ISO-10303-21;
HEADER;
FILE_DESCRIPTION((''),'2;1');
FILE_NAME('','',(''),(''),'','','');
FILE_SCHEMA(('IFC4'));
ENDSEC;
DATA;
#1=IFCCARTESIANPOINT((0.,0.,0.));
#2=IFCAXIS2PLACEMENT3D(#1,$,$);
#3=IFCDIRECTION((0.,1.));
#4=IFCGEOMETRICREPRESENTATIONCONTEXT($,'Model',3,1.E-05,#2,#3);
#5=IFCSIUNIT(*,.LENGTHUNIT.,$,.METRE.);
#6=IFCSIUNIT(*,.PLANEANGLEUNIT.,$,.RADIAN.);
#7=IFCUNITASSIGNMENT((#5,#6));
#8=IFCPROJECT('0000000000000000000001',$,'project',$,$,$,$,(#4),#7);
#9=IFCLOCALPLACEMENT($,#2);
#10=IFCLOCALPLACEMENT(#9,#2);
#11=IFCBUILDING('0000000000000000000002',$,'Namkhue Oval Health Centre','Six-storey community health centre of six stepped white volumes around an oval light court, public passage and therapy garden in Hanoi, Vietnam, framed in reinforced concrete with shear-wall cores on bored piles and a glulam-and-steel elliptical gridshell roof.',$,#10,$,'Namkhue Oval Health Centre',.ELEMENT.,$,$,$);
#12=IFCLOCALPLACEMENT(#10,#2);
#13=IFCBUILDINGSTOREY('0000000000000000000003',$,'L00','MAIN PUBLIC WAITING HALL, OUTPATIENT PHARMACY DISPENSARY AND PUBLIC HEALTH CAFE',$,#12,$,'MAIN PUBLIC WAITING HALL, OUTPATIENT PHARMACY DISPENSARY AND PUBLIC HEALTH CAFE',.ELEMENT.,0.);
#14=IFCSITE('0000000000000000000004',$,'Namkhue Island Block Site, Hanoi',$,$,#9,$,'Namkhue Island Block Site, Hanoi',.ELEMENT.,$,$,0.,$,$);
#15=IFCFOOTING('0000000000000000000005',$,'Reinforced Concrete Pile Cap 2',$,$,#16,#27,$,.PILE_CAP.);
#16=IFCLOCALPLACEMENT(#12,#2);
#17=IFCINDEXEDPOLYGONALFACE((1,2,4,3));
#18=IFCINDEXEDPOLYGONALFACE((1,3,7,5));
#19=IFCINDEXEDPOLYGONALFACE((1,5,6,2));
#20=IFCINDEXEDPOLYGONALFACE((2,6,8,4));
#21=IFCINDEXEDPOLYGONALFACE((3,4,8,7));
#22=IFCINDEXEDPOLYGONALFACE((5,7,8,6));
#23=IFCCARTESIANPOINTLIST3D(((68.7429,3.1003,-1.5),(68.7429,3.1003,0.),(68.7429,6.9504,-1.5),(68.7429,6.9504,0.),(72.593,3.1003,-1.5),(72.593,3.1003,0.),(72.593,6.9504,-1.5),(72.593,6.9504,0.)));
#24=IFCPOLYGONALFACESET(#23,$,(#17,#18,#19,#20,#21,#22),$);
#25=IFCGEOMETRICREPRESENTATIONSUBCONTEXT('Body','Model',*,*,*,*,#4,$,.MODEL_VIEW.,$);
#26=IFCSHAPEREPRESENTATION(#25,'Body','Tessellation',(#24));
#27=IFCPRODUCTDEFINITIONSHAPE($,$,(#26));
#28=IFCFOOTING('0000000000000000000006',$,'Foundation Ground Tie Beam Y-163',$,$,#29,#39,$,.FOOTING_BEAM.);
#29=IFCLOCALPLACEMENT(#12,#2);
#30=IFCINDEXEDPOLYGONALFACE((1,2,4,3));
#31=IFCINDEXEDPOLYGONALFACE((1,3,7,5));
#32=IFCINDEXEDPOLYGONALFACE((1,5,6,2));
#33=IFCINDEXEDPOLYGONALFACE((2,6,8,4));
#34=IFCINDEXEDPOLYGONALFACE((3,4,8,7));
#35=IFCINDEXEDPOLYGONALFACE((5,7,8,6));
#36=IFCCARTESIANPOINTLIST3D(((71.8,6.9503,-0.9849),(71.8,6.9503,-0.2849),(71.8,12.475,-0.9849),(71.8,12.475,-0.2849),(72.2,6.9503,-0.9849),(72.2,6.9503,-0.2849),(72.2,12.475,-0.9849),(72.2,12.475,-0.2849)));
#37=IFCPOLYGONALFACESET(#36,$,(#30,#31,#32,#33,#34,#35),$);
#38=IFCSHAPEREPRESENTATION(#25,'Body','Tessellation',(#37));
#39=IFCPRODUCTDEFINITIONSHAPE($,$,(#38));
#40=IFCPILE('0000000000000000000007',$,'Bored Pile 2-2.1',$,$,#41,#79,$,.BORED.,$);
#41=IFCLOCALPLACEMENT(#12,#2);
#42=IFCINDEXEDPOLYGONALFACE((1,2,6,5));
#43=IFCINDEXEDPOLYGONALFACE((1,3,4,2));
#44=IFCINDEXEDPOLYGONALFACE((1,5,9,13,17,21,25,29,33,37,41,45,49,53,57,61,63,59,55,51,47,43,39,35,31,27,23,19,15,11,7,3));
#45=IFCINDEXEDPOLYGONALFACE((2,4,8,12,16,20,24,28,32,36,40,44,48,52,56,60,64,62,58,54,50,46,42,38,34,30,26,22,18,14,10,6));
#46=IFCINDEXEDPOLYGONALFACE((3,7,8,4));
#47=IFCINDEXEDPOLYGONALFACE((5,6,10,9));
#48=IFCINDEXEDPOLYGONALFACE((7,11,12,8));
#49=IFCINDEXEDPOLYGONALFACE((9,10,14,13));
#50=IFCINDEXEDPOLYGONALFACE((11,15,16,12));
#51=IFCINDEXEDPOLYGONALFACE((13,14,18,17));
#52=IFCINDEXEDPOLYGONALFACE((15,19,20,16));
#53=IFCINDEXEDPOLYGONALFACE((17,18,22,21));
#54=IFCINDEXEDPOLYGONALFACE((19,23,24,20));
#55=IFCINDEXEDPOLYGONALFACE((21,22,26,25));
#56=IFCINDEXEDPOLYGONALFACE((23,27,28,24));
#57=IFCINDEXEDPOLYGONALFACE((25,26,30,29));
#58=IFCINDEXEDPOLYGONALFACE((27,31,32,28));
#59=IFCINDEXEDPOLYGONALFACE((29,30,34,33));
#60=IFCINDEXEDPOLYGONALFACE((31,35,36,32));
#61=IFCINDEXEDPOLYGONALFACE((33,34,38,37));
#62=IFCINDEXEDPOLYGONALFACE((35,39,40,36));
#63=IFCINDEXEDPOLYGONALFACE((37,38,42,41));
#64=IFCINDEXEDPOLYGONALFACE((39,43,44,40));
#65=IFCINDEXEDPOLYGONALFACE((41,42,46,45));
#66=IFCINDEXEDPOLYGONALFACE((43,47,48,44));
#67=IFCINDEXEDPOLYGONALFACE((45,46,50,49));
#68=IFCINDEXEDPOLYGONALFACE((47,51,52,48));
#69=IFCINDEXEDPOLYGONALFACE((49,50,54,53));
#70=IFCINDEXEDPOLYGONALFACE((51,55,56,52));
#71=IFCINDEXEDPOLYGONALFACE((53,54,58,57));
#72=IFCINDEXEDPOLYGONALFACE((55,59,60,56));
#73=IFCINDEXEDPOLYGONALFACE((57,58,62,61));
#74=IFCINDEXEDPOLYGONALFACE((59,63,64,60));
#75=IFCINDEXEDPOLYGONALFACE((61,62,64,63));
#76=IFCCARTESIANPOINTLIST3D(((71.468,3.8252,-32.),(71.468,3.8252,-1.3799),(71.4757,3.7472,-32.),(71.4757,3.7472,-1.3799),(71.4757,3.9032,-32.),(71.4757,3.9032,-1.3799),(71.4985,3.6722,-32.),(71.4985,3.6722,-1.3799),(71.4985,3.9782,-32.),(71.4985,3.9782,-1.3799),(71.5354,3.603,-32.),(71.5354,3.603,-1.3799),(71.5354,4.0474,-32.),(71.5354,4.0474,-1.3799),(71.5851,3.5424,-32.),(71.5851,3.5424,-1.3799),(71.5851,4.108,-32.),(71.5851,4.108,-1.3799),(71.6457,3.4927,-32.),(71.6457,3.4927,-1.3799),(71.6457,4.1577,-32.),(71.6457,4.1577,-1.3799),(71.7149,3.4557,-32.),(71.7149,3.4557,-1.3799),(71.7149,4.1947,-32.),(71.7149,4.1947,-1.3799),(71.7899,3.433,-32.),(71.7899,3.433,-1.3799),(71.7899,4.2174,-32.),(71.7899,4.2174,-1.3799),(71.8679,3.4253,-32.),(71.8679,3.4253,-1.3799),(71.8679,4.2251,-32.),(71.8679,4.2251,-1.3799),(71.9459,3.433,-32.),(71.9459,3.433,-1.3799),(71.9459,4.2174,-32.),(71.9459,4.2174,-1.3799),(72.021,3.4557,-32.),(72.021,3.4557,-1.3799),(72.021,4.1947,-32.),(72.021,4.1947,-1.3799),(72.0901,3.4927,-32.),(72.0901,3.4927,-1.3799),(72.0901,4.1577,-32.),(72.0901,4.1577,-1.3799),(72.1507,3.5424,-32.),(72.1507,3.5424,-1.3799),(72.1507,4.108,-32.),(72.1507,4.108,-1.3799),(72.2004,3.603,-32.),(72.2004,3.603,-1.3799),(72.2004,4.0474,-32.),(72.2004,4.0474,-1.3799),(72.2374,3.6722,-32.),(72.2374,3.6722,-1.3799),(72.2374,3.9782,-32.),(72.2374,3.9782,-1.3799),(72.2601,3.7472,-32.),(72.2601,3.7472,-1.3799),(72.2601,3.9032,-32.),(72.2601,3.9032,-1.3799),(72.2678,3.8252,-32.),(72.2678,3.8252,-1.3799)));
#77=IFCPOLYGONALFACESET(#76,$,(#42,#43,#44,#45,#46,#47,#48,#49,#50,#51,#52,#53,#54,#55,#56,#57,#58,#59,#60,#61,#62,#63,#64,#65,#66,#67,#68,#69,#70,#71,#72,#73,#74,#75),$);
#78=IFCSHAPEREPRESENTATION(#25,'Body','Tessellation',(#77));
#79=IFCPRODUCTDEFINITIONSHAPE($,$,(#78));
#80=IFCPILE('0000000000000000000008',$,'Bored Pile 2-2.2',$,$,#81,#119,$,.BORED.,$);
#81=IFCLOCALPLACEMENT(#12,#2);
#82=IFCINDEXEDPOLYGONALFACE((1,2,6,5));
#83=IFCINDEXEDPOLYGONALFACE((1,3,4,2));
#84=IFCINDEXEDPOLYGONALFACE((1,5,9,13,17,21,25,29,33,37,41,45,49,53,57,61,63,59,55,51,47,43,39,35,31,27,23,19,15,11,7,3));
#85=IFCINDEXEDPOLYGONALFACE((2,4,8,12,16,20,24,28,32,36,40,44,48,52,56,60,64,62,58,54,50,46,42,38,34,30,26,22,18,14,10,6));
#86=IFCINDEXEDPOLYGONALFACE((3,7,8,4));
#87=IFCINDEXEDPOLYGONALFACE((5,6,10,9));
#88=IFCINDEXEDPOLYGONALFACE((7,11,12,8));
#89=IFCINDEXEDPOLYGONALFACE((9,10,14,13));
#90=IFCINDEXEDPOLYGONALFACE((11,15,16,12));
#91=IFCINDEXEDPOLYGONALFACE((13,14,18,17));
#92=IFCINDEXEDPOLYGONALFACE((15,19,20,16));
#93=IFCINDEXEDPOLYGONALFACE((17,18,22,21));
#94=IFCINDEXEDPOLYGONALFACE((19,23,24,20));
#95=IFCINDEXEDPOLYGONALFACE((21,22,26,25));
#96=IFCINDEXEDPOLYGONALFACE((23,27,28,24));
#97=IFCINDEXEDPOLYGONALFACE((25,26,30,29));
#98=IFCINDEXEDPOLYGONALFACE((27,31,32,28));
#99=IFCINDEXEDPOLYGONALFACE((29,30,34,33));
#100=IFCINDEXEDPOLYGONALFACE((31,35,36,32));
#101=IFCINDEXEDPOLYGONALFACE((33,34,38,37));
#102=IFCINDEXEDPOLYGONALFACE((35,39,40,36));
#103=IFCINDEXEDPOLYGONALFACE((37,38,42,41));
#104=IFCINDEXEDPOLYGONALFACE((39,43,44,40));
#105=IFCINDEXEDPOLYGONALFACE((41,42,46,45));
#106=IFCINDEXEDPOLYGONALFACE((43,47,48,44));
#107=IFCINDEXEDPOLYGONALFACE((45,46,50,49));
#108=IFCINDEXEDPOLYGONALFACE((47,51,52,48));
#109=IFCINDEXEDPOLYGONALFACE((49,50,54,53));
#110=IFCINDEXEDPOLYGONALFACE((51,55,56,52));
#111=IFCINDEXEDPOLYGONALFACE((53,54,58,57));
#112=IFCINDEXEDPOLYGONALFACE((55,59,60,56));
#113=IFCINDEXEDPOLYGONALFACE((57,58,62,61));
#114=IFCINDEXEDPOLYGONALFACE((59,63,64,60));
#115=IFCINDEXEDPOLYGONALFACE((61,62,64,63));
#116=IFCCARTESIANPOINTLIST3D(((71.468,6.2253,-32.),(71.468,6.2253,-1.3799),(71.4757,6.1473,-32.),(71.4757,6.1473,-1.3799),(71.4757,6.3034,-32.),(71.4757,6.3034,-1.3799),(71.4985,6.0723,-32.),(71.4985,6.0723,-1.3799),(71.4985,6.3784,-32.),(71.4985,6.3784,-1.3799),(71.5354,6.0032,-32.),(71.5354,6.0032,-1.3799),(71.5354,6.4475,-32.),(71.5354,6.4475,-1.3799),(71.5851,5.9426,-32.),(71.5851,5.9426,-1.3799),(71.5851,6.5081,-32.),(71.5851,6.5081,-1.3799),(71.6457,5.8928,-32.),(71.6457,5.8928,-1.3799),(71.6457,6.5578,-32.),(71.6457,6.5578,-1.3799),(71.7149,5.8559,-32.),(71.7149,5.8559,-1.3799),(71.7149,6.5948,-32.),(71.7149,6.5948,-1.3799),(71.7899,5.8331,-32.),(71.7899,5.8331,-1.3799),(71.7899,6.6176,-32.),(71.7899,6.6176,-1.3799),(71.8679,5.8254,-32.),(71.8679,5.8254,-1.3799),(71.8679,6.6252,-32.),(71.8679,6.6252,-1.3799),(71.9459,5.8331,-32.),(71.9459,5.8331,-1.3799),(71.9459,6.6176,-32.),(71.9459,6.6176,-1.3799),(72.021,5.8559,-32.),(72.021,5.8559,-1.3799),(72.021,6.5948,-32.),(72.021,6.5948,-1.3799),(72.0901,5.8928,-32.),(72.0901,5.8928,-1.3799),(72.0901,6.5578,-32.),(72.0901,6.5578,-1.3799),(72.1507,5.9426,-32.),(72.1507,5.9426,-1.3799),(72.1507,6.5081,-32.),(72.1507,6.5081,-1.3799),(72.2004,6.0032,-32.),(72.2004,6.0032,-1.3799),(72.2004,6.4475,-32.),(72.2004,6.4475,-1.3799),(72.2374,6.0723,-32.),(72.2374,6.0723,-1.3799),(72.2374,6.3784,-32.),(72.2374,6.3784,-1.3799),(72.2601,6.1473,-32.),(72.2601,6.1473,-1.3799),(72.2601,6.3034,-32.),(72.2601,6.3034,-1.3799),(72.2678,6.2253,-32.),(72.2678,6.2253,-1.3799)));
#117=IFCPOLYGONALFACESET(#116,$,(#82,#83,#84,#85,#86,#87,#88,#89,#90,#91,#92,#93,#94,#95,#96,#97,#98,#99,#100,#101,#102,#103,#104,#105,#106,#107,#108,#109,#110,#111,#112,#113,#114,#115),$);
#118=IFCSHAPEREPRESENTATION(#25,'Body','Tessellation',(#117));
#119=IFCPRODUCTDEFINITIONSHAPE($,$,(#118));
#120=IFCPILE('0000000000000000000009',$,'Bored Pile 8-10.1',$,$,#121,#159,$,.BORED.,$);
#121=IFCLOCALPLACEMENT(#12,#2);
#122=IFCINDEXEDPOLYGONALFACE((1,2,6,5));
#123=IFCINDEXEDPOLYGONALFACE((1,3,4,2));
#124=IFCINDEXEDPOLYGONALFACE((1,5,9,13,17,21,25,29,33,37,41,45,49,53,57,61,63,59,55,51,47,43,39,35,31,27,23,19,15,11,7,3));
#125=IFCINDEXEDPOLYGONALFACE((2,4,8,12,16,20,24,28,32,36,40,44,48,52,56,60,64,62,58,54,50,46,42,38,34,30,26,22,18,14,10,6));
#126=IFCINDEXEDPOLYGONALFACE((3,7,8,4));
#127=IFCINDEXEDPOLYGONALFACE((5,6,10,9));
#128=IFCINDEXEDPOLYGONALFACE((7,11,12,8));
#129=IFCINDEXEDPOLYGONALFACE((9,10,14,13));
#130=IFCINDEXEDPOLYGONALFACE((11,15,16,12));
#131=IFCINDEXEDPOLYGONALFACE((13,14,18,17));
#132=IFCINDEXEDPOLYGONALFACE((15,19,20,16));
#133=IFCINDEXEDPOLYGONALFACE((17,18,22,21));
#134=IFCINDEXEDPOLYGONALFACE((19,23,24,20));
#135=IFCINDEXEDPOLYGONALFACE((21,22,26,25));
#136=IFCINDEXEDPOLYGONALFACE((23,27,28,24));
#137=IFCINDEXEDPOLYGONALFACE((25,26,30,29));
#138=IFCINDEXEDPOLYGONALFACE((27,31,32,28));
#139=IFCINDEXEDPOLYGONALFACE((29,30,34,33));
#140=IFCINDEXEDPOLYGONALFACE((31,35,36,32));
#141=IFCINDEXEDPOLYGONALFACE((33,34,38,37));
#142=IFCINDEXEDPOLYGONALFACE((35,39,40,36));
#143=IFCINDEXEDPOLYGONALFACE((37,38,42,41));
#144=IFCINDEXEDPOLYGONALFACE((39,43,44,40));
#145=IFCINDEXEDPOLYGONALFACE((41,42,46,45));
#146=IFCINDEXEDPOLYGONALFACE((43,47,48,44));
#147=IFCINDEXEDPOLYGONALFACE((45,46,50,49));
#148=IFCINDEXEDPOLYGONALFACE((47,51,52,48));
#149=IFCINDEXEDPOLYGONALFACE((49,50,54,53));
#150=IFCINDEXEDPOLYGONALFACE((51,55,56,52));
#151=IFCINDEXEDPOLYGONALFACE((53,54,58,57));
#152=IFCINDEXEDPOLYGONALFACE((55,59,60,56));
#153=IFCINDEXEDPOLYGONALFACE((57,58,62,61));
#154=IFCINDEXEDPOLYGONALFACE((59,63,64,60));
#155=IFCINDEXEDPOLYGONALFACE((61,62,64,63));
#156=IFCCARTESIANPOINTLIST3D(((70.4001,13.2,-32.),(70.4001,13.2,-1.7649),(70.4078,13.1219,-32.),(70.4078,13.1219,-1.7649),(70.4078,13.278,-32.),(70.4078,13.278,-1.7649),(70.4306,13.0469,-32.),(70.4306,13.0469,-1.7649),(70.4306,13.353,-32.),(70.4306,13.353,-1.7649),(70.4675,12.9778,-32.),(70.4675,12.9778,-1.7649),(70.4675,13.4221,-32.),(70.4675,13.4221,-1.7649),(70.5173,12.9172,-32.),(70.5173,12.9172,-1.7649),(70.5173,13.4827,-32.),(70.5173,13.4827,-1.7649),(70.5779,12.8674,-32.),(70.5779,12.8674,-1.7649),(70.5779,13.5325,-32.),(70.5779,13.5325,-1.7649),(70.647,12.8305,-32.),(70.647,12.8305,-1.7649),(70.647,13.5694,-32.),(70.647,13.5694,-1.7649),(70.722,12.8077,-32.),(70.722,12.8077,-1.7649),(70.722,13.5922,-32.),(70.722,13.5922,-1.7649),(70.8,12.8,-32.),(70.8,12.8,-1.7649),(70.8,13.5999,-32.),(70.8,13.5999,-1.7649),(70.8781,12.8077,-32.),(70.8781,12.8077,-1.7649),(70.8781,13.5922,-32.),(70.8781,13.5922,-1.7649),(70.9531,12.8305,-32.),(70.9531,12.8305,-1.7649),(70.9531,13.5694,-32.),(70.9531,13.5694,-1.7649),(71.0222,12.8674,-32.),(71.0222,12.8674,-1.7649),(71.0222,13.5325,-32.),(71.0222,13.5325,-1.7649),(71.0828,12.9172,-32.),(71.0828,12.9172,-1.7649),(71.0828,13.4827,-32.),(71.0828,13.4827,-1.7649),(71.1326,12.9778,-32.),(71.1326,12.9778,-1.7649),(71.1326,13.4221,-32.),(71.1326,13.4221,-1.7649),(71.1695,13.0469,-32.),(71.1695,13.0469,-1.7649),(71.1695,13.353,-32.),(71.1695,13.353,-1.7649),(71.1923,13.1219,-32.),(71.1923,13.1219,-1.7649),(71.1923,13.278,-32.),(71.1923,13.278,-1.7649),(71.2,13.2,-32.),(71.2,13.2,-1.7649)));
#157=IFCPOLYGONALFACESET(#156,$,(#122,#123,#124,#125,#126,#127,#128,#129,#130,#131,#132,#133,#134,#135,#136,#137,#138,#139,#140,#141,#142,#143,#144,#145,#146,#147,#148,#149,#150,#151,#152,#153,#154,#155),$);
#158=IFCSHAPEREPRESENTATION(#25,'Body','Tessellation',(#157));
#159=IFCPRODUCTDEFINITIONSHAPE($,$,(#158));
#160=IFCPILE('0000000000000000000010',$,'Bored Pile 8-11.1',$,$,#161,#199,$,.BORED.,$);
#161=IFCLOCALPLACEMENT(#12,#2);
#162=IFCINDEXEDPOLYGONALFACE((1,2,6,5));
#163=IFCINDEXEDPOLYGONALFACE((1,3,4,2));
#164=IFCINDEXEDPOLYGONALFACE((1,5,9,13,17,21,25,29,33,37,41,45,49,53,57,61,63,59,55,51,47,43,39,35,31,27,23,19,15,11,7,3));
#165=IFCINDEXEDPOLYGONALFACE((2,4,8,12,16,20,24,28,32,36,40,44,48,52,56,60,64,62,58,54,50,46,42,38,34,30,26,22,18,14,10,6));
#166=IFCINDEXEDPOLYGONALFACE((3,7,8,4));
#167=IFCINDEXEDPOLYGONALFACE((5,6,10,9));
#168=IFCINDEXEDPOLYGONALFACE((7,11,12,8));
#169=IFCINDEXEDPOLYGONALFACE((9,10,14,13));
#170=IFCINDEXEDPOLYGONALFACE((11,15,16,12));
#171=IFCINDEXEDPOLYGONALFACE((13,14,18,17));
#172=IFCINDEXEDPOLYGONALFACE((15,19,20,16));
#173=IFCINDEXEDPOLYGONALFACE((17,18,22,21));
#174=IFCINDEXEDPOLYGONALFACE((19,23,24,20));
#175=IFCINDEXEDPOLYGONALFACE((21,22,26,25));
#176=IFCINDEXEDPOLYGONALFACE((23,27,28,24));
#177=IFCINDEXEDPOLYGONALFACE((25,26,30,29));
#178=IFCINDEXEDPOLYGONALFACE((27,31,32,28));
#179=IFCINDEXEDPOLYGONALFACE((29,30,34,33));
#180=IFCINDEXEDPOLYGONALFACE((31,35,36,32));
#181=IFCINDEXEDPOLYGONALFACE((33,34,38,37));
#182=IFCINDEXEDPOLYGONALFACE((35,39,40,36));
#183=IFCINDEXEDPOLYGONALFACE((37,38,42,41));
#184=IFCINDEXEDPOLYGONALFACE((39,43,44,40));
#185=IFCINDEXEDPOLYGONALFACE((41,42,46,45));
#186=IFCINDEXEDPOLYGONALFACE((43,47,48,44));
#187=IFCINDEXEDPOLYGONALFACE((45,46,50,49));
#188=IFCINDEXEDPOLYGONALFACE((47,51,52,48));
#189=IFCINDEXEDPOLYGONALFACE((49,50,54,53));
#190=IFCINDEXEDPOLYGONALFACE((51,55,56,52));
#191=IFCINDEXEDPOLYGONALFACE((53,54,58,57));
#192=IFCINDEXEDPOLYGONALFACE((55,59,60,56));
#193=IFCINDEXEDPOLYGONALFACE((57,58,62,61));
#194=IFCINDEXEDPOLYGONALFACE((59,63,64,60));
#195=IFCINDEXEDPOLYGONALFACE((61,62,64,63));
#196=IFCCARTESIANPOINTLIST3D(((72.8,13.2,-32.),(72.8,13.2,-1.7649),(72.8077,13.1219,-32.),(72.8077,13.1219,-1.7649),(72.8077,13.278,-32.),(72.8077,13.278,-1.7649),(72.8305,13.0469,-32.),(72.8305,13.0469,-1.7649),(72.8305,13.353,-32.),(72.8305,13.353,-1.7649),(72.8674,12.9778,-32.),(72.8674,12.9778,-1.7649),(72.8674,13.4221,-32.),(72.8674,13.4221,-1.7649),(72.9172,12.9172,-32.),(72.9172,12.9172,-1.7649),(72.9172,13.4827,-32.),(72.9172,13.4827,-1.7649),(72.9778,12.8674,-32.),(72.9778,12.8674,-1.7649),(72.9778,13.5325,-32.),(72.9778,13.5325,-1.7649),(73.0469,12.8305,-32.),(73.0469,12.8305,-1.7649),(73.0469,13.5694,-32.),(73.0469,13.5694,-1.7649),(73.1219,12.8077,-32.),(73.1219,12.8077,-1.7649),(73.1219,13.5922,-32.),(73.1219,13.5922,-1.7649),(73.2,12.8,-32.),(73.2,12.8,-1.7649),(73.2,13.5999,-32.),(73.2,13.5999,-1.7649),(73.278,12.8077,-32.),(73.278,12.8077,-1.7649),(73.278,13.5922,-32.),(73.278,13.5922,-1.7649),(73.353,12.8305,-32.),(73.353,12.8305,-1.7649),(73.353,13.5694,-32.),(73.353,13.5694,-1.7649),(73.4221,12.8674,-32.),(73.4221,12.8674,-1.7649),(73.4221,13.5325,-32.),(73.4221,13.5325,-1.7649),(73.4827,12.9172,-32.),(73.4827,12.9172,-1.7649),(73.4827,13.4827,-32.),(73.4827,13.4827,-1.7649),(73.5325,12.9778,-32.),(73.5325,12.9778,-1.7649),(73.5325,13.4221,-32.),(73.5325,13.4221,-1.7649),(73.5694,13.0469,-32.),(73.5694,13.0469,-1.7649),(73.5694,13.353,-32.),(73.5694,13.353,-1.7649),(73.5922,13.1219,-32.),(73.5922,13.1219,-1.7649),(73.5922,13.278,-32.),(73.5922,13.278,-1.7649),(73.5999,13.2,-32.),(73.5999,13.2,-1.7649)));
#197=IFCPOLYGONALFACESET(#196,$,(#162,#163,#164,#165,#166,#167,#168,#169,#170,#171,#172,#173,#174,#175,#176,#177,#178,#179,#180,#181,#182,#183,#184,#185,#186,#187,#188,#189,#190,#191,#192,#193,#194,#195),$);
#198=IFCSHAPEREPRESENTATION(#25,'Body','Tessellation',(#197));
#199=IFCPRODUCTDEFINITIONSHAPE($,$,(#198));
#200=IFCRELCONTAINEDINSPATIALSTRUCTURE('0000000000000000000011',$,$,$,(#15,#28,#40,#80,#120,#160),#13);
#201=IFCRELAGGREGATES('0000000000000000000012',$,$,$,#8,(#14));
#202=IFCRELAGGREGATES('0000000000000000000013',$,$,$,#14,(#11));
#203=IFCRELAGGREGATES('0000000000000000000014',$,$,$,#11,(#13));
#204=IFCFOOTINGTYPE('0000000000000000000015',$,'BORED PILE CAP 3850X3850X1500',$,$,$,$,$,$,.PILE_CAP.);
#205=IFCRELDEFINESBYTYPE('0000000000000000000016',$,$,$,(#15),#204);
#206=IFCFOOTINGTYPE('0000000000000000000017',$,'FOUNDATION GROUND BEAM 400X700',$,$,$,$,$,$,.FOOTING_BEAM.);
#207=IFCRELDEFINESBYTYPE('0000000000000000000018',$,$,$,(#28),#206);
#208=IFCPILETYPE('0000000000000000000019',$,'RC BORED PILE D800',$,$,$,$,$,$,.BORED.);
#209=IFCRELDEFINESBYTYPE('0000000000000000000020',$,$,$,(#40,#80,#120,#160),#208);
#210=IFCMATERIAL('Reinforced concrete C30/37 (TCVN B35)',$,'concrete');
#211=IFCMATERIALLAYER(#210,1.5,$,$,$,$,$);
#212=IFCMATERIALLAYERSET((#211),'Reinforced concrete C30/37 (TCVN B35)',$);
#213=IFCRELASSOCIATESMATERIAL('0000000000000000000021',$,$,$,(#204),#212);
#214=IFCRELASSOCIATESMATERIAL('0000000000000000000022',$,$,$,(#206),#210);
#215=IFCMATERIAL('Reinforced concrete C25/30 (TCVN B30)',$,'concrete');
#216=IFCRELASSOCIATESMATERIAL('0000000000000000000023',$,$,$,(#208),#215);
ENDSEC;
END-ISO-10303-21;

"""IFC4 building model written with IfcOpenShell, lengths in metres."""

from ifc_helpers import new_model, si_unit, direction, frame, origin, origin_2d, place, context, subcontext, project, spatial, rectangle, circle, extrude, material, layer, layer_set, material_profile, profile_set, type_object, element, save


model = new_model("IFC4")

# Units and contexts
model_context = context("Model", 3, precision=1e-05, world=origin(), true_north=direction((0.0, 1.0)))
body_context = subcontext(model_context, "Body", "Model", "MODEL_VIEW")
ifc_project = project(units=[si_unit("LENGTHUNIT", "METRE"), si_unit("PLANEANGLEUNIT", "RADIAN")], contexts=[model_context])

# Site, building, storey
site_placement = place(None, origin())
site = spatial("IfcSite", under=ifc_project, at=site_placement, Name="Namkhue Island Block Site, Hanoi", LongName="Namkhue Island Block Site, Hanoi", CompositionType="ELEMENT", RefElevation=0.0)
building_placement = place(site_placement, origin())
building = spatial("IfcBuilding", under=site, at=building_placement, Name="Namkhue Oval Health Centre", Description="Six-storey community health centre of six stepped white volumes around an oval light court, public passage and therapy garden in Hanoi, Vietnam, framed in reinforced concrete with shear-wall cores on bored piles and a glulam-and-steel elliptical gridshell roof.", LongName="Namkhue Oval Health Centre", CompositionType="ELEMENT")
storey_placement = place(building_placement, origin())
storey = spatial("IfcBuildingStorey", under=building, at=storey_placement, Name="L00", Description="MAIN PUBLIC WAITING HALL, OUTPATIENT PHARMACY DISPENSARY AND PUBLIC HEALTH CAFE", LongName="MAIN PUBLIC WAITING HALL, OUTPATIENT PHARMACY DISPENSARY AND PUBLIC HEALTH CAFE", CompositionType="ELEMENT", Elevation=0.0)

# Footings
ifc_material_1 = material(Name="Reinforced concrete C30/37 (TCVN B35)", Category="concrete")
ifc_layer_1 = layer(ifc_material_1, 1.5)
ifc_layer_set_1 = layer_set([ifc_layer_1], Name="Reinforced concrete C30/37 (TCVN B35)")
footing_type_1 = type_object("IfcFootingType", Name="BORED PILE CAP 3850X3850X1500", PredefinedType="PILE_CAP", material=ifc_layer_set_1)
footing_1_placement = place(storey_placement, frame((70.668, 5.0254, -1.5), z_axis=(0.0, 0.0, 1.0), x_axis=(1.0, 0.0, 0.0)))
element("IfcFooting", 1, at=footing_1_placement, inside=storey, type_object=footing_type_1, Name="Reinforced Concrete Pile Cap 2", PredefinedType="PILE_CAP", context=body_context, shape_type="SweptSolid", body=[
    extrude(rectangle(XDim=3.8501, YDim=3.8501, at=origin_2d()), origin(), (0.0, 0.0, 1.0), 1.5),
])
footing_type_2 = type_object("IfcFootingType", Name="FOUNDATION GROUND BEAM 400X700", PredefinedType="FOOTING_BEAM", material=ifc_material_1)
footing_2_placement = place(storey_placement, frame((72.0, 9.7126, -0.9849), z_axis=(0.0, 0.0, 1.0), x_axis=(0.0, 1.0, 0.0)))
element("IfcFooting", 2, at=footing_2_placement, inside=storey, type_object=footing_type_2, Name="Foundation Ground Tie Beam Y-163", PredefinedType="FOOTING_BEAM", context=body_context, shape_type="SweptSolid", body=[
    extrude(rectangle(XDim=5.5247, YDim=0.3999, at=origin_2d()), origin(), (0.0, 0.0, 1.0), 0.7),
])

# Piles
ifc_material_2 = material(Name="Reinforced concrete C25/30 (TCVN B30)", Category="concrete")
ifc_material_profile_1 = material_profile(ifc_material_2, circle(Radius=0.3999, at=origin_2d()), Name="BORED PILE D800")
ifc_profile_set_1 = profile_set([ifc_material_profile_1], Name="Reinforced concrete C25/30 (TCVN B30)")
pile_type = type_object("IfcPileType", Name="RC BORED PILE D800", PredefinedType="BORED", material=ifc_profile_set_1)
for number, where, z_axis, x_axis, name in (
    (3, (71.8679, 3.8252, -1.3799), (0.0, 0.0, -1.0), (1.0, 0.0, 0.0), "Bored Pile 2-2.1"),
    (4, (71.8679, 6.2253, -1.3799), (0.0, 0.0, -1.0), (1.0, 0.0, 0.0), "Bored Pile 2-2.2"),
):
    element("IfcPile", number, at=place(storey_placement, frame(where, z_axis=z_axis, x_axis=x_axis)), inside=storey, type_object=pile_type, Name=name, PredefinedType="BORED", context=body_context, shape_type="SweptSolid", body=[
        extrude(circle(Radius=0.3999, at=origin_2d()), origin(), (0.0, 0.0, 1.0), 30.6201),
    ])
for number, where, z_axis, x_axis, name in (
    (5, (70.8, 13.2, -1.7649), (0.0, 0.0, -1.0), (1.0, 0.0, 0.0), "Bored Pile 8-10.1"),
    (6, (73.2, 13.2, -1.7649), (0.0, 0.0, -1.0), (1.0, 0.0, 0.0), "Bored Pile 8-11.1"),
):
    element("IfcPile", number, at=place(storey_placement, frame(where, z_axis=z_axis, x_axis=x_axis)), inside=storey, type_object=pile_type, Name=name, PredefinedType="BORED", context=body_context, shape_type="SweptSolid", body=[
        extrude(circle(Radius=0.3999, at=origin_2d()), origin(), (0.0, 0.0, 1.0), 30.2351),
    ])

save(model, "model.ifc")
